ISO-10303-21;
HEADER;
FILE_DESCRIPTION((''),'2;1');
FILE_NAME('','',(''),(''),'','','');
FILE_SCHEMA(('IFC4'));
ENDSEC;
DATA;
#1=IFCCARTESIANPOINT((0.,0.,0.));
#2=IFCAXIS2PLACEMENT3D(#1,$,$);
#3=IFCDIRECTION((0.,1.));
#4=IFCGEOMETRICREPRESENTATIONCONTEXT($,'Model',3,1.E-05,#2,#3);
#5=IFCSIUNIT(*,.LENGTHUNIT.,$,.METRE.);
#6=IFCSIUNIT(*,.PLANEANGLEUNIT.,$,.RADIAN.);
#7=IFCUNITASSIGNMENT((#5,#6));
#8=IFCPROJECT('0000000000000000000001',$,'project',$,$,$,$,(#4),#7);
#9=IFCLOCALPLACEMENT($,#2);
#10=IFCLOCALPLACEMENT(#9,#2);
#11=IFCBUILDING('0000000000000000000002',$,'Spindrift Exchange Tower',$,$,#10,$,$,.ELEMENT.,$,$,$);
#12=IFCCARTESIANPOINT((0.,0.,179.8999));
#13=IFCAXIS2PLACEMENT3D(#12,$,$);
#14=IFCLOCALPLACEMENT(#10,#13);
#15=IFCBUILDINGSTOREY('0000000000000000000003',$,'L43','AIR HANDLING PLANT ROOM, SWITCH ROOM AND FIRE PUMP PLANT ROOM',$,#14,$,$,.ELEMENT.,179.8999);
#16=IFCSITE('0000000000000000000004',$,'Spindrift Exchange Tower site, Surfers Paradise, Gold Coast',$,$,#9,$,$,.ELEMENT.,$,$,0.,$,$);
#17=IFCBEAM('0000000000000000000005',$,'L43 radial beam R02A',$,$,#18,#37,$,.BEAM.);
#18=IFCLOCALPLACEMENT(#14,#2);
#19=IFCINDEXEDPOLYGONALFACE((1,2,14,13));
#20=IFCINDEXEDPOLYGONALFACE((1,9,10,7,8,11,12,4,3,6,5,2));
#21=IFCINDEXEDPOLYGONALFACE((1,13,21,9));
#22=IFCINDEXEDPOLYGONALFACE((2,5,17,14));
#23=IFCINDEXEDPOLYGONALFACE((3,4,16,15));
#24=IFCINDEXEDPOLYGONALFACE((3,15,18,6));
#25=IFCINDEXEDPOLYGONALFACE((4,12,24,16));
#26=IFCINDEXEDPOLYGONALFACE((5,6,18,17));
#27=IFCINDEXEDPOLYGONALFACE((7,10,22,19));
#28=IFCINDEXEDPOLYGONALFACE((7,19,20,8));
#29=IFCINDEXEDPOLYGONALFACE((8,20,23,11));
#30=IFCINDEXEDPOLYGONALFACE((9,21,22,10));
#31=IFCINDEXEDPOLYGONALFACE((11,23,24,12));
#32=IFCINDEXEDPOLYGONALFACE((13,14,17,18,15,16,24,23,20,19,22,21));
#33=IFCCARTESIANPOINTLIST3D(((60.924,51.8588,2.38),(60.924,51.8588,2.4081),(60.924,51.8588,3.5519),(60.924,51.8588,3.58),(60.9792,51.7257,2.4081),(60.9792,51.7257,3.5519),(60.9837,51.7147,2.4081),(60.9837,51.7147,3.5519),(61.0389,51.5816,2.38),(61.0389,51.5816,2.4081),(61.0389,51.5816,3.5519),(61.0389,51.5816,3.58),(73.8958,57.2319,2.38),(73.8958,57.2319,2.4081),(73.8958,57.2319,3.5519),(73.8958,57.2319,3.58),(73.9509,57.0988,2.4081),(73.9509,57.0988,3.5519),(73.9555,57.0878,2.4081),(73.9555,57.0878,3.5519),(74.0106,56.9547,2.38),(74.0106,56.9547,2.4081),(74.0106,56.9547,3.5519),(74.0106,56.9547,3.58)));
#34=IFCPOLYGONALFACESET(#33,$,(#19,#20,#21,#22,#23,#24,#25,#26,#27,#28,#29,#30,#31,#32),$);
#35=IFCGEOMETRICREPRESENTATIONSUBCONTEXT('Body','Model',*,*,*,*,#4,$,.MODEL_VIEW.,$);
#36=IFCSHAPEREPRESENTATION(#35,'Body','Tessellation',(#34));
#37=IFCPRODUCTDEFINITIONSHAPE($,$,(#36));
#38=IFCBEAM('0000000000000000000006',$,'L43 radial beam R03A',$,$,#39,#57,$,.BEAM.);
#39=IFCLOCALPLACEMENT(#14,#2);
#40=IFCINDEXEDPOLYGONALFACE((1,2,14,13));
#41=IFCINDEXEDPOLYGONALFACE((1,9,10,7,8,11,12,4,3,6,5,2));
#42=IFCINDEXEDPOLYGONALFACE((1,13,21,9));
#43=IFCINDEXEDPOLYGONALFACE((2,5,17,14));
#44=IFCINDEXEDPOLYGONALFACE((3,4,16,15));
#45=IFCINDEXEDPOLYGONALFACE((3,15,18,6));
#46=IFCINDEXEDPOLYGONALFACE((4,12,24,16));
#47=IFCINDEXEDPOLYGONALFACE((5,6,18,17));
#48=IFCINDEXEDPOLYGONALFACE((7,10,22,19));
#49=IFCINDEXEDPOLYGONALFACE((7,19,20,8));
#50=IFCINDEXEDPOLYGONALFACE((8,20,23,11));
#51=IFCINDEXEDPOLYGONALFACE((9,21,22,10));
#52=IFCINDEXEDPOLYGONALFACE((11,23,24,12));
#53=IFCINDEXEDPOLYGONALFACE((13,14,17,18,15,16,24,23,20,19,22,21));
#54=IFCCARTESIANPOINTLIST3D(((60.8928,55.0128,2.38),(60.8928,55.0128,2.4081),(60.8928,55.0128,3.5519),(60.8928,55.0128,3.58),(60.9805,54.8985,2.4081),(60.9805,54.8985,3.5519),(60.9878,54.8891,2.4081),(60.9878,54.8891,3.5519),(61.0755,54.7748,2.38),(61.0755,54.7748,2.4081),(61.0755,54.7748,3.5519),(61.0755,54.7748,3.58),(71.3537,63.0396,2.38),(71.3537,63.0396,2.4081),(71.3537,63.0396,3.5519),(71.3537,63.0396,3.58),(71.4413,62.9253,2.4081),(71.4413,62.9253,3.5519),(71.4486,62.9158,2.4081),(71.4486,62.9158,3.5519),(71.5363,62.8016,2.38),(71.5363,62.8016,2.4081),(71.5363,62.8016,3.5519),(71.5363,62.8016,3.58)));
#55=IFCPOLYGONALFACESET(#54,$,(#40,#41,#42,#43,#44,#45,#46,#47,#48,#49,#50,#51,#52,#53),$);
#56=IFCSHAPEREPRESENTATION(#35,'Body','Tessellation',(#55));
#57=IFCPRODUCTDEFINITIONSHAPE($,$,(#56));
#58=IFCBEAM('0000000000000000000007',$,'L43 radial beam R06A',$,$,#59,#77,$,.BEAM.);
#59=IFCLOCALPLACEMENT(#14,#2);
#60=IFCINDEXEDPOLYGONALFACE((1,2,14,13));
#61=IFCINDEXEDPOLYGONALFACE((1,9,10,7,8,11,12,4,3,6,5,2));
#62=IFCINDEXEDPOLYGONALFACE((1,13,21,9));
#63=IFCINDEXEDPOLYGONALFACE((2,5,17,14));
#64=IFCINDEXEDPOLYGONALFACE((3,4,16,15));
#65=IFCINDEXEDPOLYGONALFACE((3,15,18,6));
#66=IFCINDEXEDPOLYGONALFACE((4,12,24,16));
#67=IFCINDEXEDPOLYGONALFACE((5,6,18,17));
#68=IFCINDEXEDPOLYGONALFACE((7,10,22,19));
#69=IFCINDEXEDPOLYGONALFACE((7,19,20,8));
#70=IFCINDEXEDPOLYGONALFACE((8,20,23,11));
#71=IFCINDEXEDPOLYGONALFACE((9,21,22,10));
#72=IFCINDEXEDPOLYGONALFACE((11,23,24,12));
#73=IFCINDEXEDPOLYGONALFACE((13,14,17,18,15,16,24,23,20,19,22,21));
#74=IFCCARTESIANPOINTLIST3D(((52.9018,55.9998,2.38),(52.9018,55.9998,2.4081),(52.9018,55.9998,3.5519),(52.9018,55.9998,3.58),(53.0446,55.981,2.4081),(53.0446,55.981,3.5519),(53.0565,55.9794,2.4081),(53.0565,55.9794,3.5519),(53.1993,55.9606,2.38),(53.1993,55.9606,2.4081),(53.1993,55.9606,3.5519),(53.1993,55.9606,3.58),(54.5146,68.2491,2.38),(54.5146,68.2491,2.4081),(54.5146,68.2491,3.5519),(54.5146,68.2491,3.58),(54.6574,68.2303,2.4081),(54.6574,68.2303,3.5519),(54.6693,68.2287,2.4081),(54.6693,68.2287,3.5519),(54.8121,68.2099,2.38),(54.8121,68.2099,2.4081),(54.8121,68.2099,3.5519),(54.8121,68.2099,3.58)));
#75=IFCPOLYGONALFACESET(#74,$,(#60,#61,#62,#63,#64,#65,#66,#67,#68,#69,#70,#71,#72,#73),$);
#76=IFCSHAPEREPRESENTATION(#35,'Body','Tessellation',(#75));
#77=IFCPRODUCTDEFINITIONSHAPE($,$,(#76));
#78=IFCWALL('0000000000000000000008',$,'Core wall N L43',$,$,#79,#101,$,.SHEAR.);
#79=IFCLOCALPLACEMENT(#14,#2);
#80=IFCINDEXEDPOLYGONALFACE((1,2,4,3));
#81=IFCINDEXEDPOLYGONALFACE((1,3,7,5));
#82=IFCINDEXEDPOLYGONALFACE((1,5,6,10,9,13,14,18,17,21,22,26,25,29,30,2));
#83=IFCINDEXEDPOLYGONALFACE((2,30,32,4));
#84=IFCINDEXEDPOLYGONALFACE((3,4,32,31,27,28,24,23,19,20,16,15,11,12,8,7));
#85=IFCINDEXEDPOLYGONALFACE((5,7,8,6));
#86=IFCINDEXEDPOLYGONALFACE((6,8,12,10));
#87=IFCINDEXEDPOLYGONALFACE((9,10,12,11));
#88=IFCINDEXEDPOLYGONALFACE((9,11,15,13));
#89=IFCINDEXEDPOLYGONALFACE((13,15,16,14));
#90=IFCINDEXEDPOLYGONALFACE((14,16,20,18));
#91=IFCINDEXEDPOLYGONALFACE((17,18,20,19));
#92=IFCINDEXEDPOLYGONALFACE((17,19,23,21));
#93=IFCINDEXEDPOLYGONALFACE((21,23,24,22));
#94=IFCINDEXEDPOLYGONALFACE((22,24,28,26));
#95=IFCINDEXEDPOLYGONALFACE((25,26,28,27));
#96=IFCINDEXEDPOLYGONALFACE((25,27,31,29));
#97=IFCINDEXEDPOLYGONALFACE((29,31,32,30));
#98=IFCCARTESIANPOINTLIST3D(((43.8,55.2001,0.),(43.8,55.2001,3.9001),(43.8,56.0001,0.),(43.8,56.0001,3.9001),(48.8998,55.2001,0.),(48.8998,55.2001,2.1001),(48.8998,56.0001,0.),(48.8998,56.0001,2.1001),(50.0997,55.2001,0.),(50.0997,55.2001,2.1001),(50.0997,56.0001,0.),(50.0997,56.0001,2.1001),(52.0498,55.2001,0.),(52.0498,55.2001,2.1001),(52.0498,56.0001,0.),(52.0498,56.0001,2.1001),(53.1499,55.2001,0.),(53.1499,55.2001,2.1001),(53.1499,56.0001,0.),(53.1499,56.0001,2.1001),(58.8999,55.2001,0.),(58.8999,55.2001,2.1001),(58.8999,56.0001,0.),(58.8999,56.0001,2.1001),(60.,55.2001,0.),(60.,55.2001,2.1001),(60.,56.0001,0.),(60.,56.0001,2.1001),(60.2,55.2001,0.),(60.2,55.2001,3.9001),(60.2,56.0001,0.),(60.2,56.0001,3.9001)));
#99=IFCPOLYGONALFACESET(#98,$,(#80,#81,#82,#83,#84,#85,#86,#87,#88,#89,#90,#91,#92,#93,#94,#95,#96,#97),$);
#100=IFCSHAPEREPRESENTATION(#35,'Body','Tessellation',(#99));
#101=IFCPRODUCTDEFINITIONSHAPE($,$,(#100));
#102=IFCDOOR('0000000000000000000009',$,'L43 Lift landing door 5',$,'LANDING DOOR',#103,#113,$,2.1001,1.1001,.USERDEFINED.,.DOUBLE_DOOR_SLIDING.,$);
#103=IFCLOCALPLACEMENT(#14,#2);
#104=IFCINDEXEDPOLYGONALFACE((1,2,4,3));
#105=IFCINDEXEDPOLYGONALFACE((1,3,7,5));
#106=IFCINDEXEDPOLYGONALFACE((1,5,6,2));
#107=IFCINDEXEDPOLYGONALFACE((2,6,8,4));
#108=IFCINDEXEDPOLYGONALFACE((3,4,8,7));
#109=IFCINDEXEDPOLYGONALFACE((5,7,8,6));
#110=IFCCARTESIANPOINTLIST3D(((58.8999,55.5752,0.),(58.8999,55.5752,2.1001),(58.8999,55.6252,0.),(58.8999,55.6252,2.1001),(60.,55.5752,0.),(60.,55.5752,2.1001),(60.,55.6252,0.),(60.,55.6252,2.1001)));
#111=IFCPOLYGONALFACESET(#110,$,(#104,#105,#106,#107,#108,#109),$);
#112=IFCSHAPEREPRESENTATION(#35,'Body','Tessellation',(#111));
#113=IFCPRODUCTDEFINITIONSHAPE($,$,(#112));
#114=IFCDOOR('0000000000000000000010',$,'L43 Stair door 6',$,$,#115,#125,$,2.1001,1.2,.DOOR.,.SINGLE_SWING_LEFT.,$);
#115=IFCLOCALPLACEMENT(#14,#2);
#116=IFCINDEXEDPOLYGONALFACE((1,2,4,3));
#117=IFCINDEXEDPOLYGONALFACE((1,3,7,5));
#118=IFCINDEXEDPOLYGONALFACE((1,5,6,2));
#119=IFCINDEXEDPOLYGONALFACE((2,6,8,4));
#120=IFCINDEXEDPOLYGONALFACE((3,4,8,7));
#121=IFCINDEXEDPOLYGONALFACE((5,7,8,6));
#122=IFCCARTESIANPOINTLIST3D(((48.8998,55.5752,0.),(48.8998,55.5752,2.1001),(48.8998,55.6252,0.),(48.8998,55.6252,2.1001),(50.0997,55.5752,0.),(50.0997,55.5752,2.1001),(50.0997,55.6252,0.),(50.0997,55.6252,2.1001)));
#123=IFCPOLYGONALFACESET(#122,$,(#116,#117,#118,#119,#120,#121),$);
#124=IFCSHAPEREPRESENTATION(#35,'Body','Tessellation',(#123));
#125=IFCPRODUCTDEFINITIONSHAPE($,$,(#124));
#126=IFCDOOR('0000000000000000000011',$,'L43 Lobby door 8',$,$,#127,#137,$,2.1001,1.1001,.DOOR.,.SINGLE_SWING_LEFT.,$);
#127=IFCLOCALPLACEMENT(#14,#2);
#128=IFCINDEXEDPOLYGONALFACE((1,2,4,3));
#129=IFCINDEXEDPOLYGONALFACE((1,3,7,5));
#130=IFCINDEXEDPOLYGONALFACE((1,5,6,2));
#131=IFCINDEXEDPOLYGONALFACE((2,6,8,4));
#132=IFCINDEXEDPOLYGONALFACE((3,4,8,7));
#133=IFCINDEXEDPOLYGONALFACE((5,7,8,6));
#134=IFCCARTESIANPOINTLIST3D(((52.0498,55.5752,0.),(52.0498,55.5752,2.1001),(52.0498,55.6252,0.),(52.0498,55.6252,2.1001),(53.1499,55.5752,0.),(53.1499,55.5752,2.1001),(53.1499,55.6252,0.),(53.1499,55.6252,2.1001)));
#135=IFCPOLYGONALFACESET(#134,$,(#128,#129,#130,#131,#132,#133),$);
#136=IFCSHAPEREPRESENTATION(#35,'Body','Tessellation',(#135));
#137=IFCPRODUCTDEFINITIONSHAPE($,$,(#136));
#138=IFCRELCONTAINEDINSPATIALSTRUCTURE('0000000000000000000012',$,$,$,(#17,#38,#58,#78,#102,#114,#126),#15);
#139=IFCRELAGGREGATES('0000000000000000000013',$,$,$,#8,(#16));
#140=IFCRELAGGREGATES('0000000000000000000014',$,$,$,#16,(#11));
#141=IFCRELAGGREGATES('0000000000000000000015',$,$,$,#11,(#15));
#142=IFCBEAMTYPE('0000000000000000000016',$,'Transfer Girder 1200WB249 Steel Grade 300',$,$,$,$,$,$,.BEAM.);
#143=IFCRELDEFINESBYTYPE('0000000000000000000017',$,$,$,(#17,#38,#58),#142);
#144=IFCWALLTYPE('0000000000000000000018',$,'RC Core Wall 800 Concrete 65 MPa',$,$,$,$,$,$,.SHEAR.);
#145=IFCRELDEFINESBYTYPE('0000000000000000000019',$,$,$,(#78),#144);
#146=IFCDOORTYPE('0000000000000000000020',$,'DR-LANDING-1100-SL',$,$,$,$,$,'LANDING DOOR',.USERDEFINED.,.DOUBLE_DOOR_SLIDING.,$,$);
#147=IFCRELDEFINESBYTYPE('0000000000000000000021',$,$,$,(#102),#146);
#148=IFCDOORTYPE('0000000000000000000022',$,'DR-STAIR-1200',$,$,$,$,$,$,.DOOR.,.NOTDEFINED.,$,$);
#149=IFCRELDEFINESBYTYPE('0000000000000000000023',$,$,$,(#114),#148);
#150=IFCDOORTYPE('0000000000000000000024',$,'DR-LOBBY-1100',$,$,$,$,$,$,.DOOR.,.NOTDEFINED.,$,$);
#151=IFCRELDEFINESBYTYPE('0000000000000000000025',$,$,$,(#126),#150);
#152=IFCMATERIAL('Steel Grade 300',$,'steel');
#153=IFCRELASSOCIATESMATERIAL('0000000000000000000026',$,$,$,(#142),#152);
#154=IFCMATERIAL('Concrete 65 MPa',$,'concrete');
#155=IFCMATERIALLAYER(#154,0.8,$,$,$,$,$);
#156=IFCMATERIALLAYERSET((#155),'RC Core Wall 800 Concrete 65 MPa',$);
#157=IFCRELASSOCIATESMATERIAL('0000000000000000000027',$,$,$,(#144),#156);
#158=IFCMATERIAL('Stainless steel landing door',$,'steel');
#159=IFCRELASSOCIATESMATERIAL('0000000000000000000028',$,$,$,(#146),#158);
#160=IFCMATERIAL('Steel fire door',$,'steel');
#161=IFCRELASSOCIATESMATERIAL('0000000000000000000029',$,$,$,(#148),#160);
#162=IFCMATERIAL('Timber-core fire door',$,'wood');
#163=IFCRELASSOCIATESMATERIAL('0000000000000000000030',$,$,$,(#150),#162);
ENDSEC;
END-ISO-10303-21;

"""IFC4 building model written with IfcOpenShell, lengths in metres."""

from ifc_helpers import new_model, si_unit, direction, frame, frame_2d, origin, origin_2d, place, context, subcontext, project, spatial, rectangle, i_section, extrude, source, transform, mapped, material, layer, layer_set, material_profile, profile_set, type_object, element, fill, save


model = new_model("IFC4")

# Units and contexts
model_context = context("Model", 3, precision=1e-05, world=origin(), true_north=direction((0.0, 1.0)))
body_context = subcontext(model_context, "Body", "Model", "MODEL_VIEW")
ifc_project = project(units=[si_unit("LENGTHUNIT", "METRE"), si_unit("PLANEANGLEUNIT", "RADIAN")], contexts=[model_context])

# Site, building, storey
site_placement = place(None, origin())
site = spatial("IfcSite", under=ifc_project, at=site_placement, Name="Spindrift Exchange Tower site, Surfers Paradise, Gold Coast", CompositionType="ELEMENT", RefElevation=0.0)
building_placement = place(site_placement, origin())
building = spatial("IfcBuilding", under=site, at=building_placement, Name="Spindrift Exchange Tower", CompositionType="ELEMENT")
storey_placement = place(building_placement, frame((0.0, 0.0, 179.8999)))
storey = spatial("IfcBuildingStorey", under=building, at=storey_placement, Name="L43", Description="AIR HANDLING PLANT ROOM, SWITCH ROOM AND FIRE PUMP PLANT ROOM", CompositionType="ELEMENT", Elevation=179.8999)

# Beams
ifc_material_1 = material(Name="Steel Grade 300", Category="steel")
ifc_material_profile = material_profile(ifc_material_1, i_section(OverallWidth=0.3, OverallDepth=1.2, WebThickness=0.012, FlangeThickness=0.0281, at=origin_2d()), Name="1200WB249")
ifc_profile_set = profile_set([ifc_material_profile], Name="Steel Grade 300")
beam_type = type_object("IfcBeamType", Name="Transfer Girder 1200WB249 Steel Grade 300", PredefinedType="BEAM", material=ifc_profile_set)
shared_shape_1 = source(origin(), body_context, "Body", "SweptSolid", [
    extrude(i_section(OverallWidth=0.3, OverallDepth=1.2, WebThickness=0.012, FlangeThickness=0.0281, at=origin_2d()), origin(), (0.0, 0.0, 1.0), 14.0405),
])
beam_1_placement = place(storey_placement, frame((60.9814, 51.7202, 2.98), z_axis=(0.92388, 0.382684, 0.0), x_axis=(-0.382684, 0.92388, 0.0)))
element("IfcBeam", 1, at=beam_1_placement, inside=storey, type_object=beam_type, Name="L43 radial beam R02A", PredefinedType="BEAM", context=body_context, shape_type="MappedRepresentation", body=[
    mapped(shared_shape_1, transform((0.0, 0.0, 0.0), scale=1.0)),
])
shared_shape_2 = source(origin(), body_context, "Body", "SweptSolid", [
    extrude(i_section(OverallWidth=0.3, OverallDepth=1.2, WebThickness=0.012, FlangeThickness=0.0281, at=origin_2d()), origin(), (0.0, 0.0, 1.0), 13.1855),
])
beam_2_placement = place(storey_placement, frame((60.9841, 54.8938, 2.98), z_axis=(0.793357, 0.608756, 0.0), x_axis=(-0.608756, 0.793357, 0.0)))
element("IfcBeam", 2, at=beam_2_placement, inside=storey, type_object=beam_type, Name="L43 radial beam R03A", PredefinedType="BEAM", context=body_context, shape_type="MappedRepresentation", body=[
    mapped(shared_shape_2, transform((0.0, 0.0, 0.0), scale=1.0)),
])
shared_shape_3 = source(origin(), body_context, "Body", "SweptSolid", [
    extrude(i_section(OverallWidth=0.3, OverallDepth=1.2, WebThickness=0.012, FlangeThickness=0.0281, at=origin_2d()), origin(), (0.0, 0.0, 1.0), 12.355),
])
beam_3_placement = place(storey_placement, frame((53.0505, 55.9802, 2.98), z_axis=(0.130538, 0.991443, 0.0), x_axis=(-0.991443, 0.130538, 0.0)))
element("IfcBeam", 3, at=beam_3_placement, inside=storey, type_object=beam_type, Name="L43 radial beam R06A", PredefinedType="BEAM", context=body_context, shape_type="MappedRepresentation", body=[
    mapped(shared_shape_3, transform((0.0, 0.0, 0.0), scale=1.0)),
])

# Wall, openings, doors
ifc_material_2 = material(Name="Concrete 65 MPa", Category="concrete")
ifc_layer_1 = layer(ifc_material_2, 0.8)
ifc_layer_set_1 = layer_set([ifc_layer_1], Name="RC Core Wall 800 Concrete 65 MPa")
wall_type_1 = type_object("IfcWallType", Name="RC Core Wall 800 Concrete 65 MPa", PredefinedType="SHEAR", material=ifc_layer_set_1)
wall_1_placement = place(storey_placement, frame((60.2, 55.6001, 0.0), z_axis=(0.0, 0.0, 1.0), x_axis=(-1.0, 0.0, 0.0)))
wall_1 = element("IfcWall", 4, at=wall_1_placement, inside=storey, type_object=wall_type_1, Name="Core wall N L43", PredefinedType="SHEAR", context=body_context, shape_type="SweptSolid", body=[
    extrude(rectangle(XDim=16.3999, YDim=0.8, at=frame_2d((8.2, 0.0))), origin(), (0.0, 0.0, 1.0), 3.9001),
])
opening_1_placement = place(wall_1_placement, frame((0.2, 0.0, 0.0)))
opening_1 = element("IfcOpeningElement", 5, at=opening_1_placement, cuts=wall_1, PredefinedType="OPENING", context=body_context, shape_type="SweptSolid", body=[
    extrude(rectangle(XDim=1.1001, YDim=2.1001, at=frame_2d((0.55, 1.05))), frame((0.0, 0.4099, 0.0), z_axis=(0.0, -1.0, 0.0), x_axis=(1.0, 0.0, 0.0)), (0.0, 0.0, 1.0), 0.8201),
])
opening_2_placement = place(wall_1_placement, frame((10.1001, 0.0, 0.0)))
opening_2 = element("IfcOpeningElement", 6, at=opening_2_placement, cuts=wall_1, PredefinedType="OPENING", context=body_context, shape_type="SweptSolid", body=[
    extrude(rectangle(XDim=1.2, YDim=2.1001, at=frame_2d((0.6001, 1.05))), frame((0.0, 0.4099, 0.0), z_axis=(0.0, -1.0, 0.0), x_axis=(1.0, 0.0, 0.0)), (0.0, 0.0, 1.0), 0.8201),
])
opening_3_placement = place(wall_1_placement, frame((7.05, 0.0, 0.0)))
opening_3 = element("IfcOpeningElement", 7, at=opening_3_placement, cuts=wall_1, PredefinedType="OPENING", context=body_context, shape_type="SweptSolid", body=[
    extrude(rectangle(XDim=1.1001, YDim=2.1001, at=frame_2d((0.55, 1.05))), frame((0.0, 0.4099, 0.0), z_axis=(0.0, -1.0, 0.0), x_axis=(1.0, 0.0, 0.0)), (0.0, 0.0, 1.0), 0.8201),
])
ifc_material_3 = material(Name="Stainless steel landing door", Category="steel")
door_type_1 = type_object("IfcDoorType", Name="DR-LANDING-1100-SL", ElementType="LANDING DOOR", OperationType="DOUBLE_DOOR_SLIDING", PredefinedType="USERDEFINED", material=ifc_material_3)
shared_shape_4 = source(origin(), body_context, "Body", "SweptSolid", [
    extrude(rectangle(XDim=1.1001, YDim=2.1001, at=frame_2d((0.55, 1.05))), frame((0.0, 0.0249, 0.0), z_axis=(0.0, -1.0, 0.0), x_axis=(1.0, 0.0, 0.0)), (0.0, 0.0, 1.0), 0.05),
])
door_1_placement = place(opening_1_placement, origin())
door_1 = element("IfcDoor", 8, at=door_1_placement, inside=storey, type_object=door_type_1, Name="L43 Lift landing door 5", ObjectType="LANDING DOOR", OperationType="DOUBLE_DOOR_SLIDING", OverallHeight=2.1001, OverallWidth=1.1001, PredefinedType="USERDEFINED", context=body_context, shape_type="MappedRepresentation", body=[
    mapped(shared_shape_4, transform((0.0, 0.0, 0.0), scale=1.0)),
])
fill(opening_1, door_1)
ifc_material_4 = material(Name="Steel fire door", Category="steel")
door_type_2 = type_object("IfcDoorType", Name="DR-STAIR-1200", OperationType="NOTDEFINED", PredefinedType="DOOR", material=ifc_material_4)
shared_shape_5 = source(origin(), body_context, "Body", "SweptSolid", [
    extrude(rectangle(XDim=1.2, YDim=2.1001, at=frame_2d((0.6001, 1.05))), frame((0.0, 0.0249, 0.0), z_axis=(0.0, -1.0, 0.0), x_axis=(1.0, 0.0, 0.0)), (0.0, 0.0, 1.0), 0.05),
])
door_2_placement = place(opening_2_placement, origin())
door_2 = element("IfcDoor", 9, at=door_2_placement, inside=storey, type_object=door_type_2, Name="L43 Stair door 6", OperationType="SINGLE_SWING_LEFT", OverallHeight=2.1001, OverallWidth=1.2, PredefinedType="DOOR", context=body_context, shape_type="MappedRepresentation", body=[
    mapped(shared_shape_5, transform((0.0, 0.0, 0.0), scale=1.0)),
])
fill(opening_2, door_2)
ifc_material_5 = material(Name="Timber-core fire door", Category="wood")
door_type_3 = type_object("IfcDoorType", Name="DR-LOBBY-1100", OperationType="NOTDEFINED", PredefinedType="DOOR", material=ifc_material_5)
shared_shape_6 = source(origin(), body_context, "Body", "SweptSolid", [
    extrude(rectangle(XDim=1.1001, YDim=2.1001, at=frame_2d((0.55, 1.05))), frame((0.0, 0.0249, 0.0), z_axis=(0.0, -1.0, 0.0), x_axis=(1.0, 0.0, 0.0)), (0.0, 0.0, 1.0), 0.05),
])
door_3_placement = place(opening_3_placement, origin())
door_3 = element("IfcDoor", 10, at=door_3_placement, inside=storey, type_object=door_type_3, Name="L43 Lobby door 8", OperationType="SINGLE_SWING_LEFT", OverallHeight=2.1001, OverallWidth=1.1001, PredefinedType="DOOR", context=body_context, shape_type="MappedRepresentation", body=[
    mapped(shared_shape_6, transform((0.0, 0.0, 0.0), scale=1.0)),
])
fill(opening_3, door_3)

save(model, "model.ifc")
